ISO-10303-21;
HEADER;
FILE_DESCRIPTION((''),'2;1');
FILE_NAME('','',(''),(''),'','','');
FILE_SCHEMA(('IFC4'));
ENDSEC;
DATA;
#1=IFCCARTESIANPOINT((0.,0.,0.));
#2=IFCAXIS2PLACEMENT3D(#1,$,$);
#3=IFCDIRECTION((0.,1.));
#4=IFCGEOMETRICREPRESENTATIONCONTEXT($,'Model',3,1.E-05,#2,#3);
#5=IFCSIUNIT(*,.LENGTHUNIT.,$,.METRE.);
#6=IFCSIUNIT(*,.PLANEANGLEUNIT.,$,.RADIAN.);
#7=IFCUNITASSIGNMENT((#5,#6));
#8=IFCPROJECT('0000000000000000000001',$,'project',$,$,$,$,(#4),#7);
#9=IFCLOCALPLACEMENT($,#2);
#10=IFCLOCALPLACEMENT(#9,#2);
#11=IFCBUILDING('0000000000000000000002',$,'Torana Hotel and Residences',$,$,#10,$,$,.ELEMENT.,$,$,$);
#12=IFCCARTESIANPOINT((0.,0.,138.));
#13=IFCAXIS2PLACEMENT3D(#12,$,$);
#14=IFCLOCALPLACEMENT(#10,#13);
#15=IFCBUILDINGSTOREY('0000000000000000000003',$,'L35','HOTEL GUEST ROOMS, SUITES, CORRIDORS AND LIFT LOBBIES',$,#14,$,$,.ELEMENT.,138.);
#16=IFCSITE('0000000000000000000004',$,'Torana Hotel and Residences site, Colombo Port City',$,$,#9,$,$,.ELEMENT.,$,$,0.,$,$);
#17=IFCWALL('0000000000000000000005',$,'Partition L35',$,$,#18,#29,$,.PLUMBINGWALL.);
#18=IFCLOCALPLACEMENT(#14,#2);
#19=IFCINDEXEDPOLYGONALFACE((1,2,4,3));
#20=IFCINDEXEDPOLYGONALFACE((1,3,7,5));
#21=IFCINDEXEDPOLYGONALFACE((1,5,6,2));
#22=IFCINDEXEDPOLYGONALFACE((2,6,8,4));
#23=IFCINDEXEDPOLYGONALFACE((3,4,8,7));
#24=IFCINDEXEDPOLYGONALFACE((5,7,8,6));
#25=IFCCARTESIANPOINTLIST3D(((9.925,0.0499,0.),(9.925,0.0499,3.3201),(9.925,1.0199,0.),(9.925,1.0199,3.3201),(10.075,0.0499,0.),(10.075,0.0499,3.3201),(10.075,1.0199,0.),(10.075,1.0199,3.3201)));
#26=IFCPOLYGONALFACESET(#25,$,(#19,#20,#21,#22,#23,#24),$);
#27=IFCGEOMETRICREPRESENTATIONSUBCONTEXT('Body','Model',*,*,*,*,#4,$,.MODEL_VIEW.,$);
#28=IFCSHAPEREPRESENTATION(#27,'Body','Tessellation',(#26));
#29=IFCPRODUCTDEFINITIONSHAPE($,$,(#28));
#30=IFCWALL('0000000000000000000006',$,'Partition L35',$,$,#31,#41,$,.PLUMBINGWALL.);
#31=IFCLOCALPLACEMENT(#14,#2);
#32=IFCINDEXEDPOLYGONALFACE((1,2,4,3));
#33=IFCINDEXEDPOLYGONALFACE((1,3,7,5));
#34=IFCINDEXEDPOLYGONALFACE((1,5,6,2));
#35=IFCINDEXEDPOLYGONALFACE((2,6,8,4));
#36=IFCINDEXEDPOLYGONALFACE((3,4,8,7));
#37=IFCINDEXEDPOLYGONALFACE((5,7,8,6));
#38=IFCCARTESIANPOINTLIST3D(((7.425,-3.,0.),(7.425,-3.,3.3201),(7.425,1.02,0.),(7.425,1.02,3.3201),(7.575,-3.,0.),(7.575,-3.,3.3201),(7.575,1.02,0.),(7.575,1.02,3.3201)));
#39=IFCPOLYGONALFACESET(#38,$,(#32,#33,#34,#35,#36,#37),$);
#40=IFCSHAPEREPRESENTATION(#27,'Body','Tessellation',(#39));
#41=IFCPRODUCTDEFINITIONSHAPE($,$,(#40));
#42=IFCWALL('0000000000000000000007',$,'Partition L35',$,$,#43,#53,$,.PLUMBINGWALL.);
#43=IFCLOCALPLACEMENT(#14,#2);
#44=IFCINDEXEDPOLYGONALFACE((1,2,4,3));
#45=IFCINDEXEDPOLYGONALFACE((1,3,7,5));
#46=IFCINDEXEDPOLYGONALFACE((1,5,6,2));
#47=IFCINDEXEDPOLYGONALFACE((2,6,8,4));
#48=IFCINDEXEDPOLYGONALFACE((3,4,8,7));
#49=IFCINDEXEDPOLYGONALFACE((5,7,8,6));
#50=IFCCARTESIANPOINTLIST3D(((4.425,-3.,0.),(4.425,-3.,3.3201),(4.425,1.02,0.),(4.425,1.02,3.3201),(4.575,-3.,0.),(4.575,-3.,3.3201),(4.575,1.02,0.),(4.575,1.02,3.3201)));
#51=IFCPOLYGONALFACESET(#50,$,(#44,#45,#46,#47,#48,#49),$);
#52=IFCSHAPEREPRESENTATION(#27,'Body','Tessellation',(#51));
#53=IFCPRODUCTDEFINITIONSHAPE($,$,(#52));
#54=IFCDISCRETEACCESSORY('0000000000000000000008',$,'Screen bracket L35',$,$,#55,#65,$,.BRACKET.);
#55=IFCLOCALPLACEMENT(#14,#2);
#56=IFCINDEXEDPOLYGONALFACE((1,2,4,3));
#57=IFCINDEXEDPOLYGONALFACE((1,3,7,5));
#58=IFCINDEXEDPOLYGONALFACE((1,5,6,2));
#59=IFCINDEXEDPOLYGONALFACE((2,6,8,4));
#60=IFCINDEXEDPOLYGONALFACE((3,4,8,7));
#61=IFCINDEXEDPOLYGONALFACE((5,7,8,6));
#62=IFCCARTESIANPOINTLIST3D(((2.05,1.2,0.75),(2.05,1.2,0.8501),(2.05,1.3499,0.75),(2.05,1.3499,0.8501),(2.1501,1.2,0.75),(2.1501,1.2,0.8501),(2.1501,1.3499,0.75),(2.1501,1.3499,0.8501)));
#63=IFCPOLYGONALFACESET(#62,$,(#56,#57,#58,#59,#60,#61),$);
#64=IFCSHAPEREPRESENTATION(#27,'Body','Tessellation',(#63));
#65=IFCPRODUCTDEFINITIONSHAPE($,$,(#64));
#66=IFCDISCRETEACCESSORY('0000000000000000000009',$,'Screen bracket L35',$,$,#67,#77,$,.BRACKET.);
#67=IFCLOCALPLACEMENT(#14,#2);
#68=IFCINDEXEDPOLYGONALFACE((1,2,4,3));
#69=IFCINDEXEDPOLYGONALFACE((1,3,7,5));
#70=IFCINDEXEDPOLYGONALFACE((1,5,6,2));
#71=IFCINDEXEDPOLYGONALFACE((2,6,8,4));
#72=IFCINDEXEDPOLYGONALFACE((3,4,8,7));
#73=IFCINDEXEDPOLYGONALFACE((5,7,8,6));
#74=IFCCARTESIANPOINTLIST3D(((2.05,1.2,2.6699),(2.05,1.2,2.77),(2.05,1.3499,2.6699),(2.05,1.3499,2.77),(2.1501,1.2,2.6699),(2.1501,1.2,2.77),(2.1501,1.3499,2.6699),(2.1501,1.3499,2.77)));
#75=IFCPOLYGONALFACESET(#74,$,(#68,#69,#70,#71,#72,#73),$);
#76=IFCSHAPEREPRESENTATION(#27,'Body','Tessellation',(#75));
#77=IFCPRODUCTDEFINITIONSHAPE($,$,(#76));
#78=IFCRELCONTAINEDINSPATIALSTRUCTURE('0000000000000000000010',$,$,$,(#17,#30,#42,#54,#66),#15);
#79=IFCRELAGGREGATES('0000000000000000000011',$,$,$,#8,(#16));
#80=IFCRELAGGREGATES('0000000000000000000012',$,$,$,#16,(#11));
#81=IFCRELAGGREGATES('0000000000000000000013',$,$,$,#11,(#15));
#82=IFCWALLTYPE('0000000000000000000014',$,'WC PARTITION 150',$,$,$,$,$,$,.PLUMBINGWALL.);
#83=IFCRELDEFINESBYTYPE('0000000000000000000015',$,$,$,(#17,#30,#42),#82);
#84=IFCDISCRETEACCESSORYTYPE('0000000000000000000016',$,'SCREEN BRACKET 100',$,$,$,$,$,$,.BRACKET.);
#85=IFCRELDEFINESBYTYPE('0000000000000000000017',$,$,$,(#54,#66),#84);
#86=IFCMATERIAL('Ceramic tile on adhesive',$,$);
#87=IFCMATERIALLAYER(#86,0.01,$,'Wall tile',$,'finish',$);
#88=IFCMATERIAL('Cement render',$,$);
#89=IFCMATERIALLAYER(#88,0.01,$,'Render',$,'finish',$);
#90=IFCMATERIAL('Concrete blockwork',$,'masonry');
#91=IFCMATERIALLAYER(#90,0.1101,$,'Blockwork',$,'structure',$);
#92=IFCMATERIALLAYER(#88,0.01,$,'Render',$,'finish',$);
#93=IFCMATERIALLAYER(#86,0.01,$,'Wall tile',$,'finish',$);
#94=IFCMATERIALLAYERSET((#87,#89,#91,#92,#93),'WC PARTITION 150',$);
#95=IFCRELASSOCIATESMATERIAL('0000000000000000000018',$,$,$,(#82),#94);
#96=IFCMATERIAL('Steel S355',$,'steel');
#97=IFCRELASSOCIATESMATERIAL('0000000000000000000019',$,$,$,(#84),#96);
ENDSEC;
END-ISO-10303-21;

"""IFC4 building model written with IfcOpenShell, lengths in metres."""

from ifc_helpers import new_model, si_unit, direction, frame, frame_2d, origin, origin_2d, place, context, subcontext, project, spatial, rectangle, extrude, material, layer, layer_set, type_object, element, save


model = new_model("IFC4")

# Units and contexts
model_context = context("Model", 3, precision=1e-05, world=origin(), true_north=direction((0.0, 1.0)))
body_context = subcontext(model_context, "Body", "Model", "MODEL_VIEW")
ifc_project = project(units=[si_unit("LENGTHUNIT", "METRE"), si_unit("PLANEANGLEUNIT", "RADIAN")], contexts=[model_context])

# Site, building, storey
site_placement = place(None, origin())
site = spatial("IfcSite", under=ifc_project, at=site_placement, Name="Torana Hotel and Residences site, Colombo Port City", CompositionType="ELEMENT", RefElevation=0.0)
building_placement = place(site_placement, origin())
building = spatial("IfcBuilding", under=site, at=building_placement, Name="Torana Hotel and Residences", CompositionType="ELEMENT")
storey_placement = place(building_placement, frame((0.0, 0.0, 138.0)))
storey = spatial("IfcBuildingStorey", under=building, at=storey_placement, Name="L35", Description="HOTEL GUEST ROOMS, SUITES, CORRIDORS AND LIFT LOBBIES", CompositionType="ELEMENT", Elevation=138.0)

# Walls
ifc_material_1 = material(Name="Concrete blockwork", Category="masonry")
ifc_material_2 = material(Name="Ceramic tile on adhesive")
ifc_layer_1 = layer(ifc_material_2, 0.01, Name="Wall tile", Category="finish")
ifc_material_3 = material(Name="Cement render")
ifc_layer_2 = layer(ifc_material_3, 0.01, Name="Render", Category="finish")
ifc_layer_3 = layer(ifc_material_1, 0.1101, Name="Blockwork", Category="structure")
ifc_layer_4 = layer(ifc_material_3, 0.01, Name="Render", Category="finish")
ifc_layer_5 = layer(ifc_material_2, 0.01, Name="Wall tile", Category="finish")
ifc_layer_set_1 = layer_set([ifc_layer_1, ifc_layer_2, ifc_layer_3, ifc_layer_4, ifc_layer_5], Name="WC PARTITION 150")
wall_type_1 = type_object("IfcWallType", Name="WC PARTITION 150", PredefinedType="PLUMBINGWALL", material=ifc_layer_set_1)
wall_1_placement = place(storey_placement, frame((10.0, 0.05, 0.0), z_axis=(0.0, 0.0, 1.0), x_axis=(0.0, 1.0, 0.0)))
element("IfcWall", 1, at=wall_1_placement, inside=storey, type_object=wall_type_1, Name="Partition L35", PredefinedType="PLUMBINGWALL", context=body_context, shape_type="SweptSolid", body=[
    extrude(rectangle(XDim=0.97, YDim=0.1499, at=frame_2d((0.4849, 0.0))), origin(), (0.0, 0.0, 1.0), 3.3201),
])
for number, where, z_axis, x_axis, name in (
    (2, (7.5, -3.0, 0.0), (0.0, 0.0, 1.0), (0.0, 1.0, 0.0), "Partition L35"),
    (3, (4.5, -3.0, 0.0), (0.0, 0.0, 1.0), (0.0, 1.0, 0.0), "Partition L35"),
):
    element("IfcWall", number, at=place(storey_placement, frame(where, z_axis=z_axis, x_axis=x_axis)), inside=storey, type_object=wall_type_1, Name=name, PredefinedType="PLUMBINGWALL", context=body_context, shape_type="SweptSolid", body=[
        extrude(rectangle(XDim=4.02, YDim=0.1499, at=frame_2d((2.01, 0.0))), origin(), (0.0, 0.0, 1.0), 3.3201),
    ])

# Discrete accessories
ifc_material_4 = material(Name="Steel S355", Category="steel")
discrete_accessory_type = type_object("IfcDiscreteAccessoryType", Name="SCREEN BRACKET 100", PredefinedType="BRACKET", material=ifc_material_4)
for number, where, z_axis, x_axis, name in (
    (4, (2.1001, 1.2749, 0.75), (0.0, 0.0, 1.0), (-1.0, 0.0, 0.0), "Screen bracket L35"),
    (5, (2.1001, 1.2749, 2.6699), (0.0, 0.0, 1.0), (-1.0, 0.0, 0.0), "Screen bracket L35"),
):
    element("IfcDiscreteAccessory", number, at=place(storey_placement, frame(where, z_axis=z_axis, x_axis=x_axis)), inside=storey, type_object=discrete_accessory_type, Name=name, PredefinedType="BRACKET", context=body_context, shape_type="SweptSolid", body=[
        extrude(rectangle(XDim=0.1001, YDim=0.1499, at=origin_2d()), origin(), (0.0, 0.0, 1.0), 0.1001),
    ])

save(model, "model.ifc")
